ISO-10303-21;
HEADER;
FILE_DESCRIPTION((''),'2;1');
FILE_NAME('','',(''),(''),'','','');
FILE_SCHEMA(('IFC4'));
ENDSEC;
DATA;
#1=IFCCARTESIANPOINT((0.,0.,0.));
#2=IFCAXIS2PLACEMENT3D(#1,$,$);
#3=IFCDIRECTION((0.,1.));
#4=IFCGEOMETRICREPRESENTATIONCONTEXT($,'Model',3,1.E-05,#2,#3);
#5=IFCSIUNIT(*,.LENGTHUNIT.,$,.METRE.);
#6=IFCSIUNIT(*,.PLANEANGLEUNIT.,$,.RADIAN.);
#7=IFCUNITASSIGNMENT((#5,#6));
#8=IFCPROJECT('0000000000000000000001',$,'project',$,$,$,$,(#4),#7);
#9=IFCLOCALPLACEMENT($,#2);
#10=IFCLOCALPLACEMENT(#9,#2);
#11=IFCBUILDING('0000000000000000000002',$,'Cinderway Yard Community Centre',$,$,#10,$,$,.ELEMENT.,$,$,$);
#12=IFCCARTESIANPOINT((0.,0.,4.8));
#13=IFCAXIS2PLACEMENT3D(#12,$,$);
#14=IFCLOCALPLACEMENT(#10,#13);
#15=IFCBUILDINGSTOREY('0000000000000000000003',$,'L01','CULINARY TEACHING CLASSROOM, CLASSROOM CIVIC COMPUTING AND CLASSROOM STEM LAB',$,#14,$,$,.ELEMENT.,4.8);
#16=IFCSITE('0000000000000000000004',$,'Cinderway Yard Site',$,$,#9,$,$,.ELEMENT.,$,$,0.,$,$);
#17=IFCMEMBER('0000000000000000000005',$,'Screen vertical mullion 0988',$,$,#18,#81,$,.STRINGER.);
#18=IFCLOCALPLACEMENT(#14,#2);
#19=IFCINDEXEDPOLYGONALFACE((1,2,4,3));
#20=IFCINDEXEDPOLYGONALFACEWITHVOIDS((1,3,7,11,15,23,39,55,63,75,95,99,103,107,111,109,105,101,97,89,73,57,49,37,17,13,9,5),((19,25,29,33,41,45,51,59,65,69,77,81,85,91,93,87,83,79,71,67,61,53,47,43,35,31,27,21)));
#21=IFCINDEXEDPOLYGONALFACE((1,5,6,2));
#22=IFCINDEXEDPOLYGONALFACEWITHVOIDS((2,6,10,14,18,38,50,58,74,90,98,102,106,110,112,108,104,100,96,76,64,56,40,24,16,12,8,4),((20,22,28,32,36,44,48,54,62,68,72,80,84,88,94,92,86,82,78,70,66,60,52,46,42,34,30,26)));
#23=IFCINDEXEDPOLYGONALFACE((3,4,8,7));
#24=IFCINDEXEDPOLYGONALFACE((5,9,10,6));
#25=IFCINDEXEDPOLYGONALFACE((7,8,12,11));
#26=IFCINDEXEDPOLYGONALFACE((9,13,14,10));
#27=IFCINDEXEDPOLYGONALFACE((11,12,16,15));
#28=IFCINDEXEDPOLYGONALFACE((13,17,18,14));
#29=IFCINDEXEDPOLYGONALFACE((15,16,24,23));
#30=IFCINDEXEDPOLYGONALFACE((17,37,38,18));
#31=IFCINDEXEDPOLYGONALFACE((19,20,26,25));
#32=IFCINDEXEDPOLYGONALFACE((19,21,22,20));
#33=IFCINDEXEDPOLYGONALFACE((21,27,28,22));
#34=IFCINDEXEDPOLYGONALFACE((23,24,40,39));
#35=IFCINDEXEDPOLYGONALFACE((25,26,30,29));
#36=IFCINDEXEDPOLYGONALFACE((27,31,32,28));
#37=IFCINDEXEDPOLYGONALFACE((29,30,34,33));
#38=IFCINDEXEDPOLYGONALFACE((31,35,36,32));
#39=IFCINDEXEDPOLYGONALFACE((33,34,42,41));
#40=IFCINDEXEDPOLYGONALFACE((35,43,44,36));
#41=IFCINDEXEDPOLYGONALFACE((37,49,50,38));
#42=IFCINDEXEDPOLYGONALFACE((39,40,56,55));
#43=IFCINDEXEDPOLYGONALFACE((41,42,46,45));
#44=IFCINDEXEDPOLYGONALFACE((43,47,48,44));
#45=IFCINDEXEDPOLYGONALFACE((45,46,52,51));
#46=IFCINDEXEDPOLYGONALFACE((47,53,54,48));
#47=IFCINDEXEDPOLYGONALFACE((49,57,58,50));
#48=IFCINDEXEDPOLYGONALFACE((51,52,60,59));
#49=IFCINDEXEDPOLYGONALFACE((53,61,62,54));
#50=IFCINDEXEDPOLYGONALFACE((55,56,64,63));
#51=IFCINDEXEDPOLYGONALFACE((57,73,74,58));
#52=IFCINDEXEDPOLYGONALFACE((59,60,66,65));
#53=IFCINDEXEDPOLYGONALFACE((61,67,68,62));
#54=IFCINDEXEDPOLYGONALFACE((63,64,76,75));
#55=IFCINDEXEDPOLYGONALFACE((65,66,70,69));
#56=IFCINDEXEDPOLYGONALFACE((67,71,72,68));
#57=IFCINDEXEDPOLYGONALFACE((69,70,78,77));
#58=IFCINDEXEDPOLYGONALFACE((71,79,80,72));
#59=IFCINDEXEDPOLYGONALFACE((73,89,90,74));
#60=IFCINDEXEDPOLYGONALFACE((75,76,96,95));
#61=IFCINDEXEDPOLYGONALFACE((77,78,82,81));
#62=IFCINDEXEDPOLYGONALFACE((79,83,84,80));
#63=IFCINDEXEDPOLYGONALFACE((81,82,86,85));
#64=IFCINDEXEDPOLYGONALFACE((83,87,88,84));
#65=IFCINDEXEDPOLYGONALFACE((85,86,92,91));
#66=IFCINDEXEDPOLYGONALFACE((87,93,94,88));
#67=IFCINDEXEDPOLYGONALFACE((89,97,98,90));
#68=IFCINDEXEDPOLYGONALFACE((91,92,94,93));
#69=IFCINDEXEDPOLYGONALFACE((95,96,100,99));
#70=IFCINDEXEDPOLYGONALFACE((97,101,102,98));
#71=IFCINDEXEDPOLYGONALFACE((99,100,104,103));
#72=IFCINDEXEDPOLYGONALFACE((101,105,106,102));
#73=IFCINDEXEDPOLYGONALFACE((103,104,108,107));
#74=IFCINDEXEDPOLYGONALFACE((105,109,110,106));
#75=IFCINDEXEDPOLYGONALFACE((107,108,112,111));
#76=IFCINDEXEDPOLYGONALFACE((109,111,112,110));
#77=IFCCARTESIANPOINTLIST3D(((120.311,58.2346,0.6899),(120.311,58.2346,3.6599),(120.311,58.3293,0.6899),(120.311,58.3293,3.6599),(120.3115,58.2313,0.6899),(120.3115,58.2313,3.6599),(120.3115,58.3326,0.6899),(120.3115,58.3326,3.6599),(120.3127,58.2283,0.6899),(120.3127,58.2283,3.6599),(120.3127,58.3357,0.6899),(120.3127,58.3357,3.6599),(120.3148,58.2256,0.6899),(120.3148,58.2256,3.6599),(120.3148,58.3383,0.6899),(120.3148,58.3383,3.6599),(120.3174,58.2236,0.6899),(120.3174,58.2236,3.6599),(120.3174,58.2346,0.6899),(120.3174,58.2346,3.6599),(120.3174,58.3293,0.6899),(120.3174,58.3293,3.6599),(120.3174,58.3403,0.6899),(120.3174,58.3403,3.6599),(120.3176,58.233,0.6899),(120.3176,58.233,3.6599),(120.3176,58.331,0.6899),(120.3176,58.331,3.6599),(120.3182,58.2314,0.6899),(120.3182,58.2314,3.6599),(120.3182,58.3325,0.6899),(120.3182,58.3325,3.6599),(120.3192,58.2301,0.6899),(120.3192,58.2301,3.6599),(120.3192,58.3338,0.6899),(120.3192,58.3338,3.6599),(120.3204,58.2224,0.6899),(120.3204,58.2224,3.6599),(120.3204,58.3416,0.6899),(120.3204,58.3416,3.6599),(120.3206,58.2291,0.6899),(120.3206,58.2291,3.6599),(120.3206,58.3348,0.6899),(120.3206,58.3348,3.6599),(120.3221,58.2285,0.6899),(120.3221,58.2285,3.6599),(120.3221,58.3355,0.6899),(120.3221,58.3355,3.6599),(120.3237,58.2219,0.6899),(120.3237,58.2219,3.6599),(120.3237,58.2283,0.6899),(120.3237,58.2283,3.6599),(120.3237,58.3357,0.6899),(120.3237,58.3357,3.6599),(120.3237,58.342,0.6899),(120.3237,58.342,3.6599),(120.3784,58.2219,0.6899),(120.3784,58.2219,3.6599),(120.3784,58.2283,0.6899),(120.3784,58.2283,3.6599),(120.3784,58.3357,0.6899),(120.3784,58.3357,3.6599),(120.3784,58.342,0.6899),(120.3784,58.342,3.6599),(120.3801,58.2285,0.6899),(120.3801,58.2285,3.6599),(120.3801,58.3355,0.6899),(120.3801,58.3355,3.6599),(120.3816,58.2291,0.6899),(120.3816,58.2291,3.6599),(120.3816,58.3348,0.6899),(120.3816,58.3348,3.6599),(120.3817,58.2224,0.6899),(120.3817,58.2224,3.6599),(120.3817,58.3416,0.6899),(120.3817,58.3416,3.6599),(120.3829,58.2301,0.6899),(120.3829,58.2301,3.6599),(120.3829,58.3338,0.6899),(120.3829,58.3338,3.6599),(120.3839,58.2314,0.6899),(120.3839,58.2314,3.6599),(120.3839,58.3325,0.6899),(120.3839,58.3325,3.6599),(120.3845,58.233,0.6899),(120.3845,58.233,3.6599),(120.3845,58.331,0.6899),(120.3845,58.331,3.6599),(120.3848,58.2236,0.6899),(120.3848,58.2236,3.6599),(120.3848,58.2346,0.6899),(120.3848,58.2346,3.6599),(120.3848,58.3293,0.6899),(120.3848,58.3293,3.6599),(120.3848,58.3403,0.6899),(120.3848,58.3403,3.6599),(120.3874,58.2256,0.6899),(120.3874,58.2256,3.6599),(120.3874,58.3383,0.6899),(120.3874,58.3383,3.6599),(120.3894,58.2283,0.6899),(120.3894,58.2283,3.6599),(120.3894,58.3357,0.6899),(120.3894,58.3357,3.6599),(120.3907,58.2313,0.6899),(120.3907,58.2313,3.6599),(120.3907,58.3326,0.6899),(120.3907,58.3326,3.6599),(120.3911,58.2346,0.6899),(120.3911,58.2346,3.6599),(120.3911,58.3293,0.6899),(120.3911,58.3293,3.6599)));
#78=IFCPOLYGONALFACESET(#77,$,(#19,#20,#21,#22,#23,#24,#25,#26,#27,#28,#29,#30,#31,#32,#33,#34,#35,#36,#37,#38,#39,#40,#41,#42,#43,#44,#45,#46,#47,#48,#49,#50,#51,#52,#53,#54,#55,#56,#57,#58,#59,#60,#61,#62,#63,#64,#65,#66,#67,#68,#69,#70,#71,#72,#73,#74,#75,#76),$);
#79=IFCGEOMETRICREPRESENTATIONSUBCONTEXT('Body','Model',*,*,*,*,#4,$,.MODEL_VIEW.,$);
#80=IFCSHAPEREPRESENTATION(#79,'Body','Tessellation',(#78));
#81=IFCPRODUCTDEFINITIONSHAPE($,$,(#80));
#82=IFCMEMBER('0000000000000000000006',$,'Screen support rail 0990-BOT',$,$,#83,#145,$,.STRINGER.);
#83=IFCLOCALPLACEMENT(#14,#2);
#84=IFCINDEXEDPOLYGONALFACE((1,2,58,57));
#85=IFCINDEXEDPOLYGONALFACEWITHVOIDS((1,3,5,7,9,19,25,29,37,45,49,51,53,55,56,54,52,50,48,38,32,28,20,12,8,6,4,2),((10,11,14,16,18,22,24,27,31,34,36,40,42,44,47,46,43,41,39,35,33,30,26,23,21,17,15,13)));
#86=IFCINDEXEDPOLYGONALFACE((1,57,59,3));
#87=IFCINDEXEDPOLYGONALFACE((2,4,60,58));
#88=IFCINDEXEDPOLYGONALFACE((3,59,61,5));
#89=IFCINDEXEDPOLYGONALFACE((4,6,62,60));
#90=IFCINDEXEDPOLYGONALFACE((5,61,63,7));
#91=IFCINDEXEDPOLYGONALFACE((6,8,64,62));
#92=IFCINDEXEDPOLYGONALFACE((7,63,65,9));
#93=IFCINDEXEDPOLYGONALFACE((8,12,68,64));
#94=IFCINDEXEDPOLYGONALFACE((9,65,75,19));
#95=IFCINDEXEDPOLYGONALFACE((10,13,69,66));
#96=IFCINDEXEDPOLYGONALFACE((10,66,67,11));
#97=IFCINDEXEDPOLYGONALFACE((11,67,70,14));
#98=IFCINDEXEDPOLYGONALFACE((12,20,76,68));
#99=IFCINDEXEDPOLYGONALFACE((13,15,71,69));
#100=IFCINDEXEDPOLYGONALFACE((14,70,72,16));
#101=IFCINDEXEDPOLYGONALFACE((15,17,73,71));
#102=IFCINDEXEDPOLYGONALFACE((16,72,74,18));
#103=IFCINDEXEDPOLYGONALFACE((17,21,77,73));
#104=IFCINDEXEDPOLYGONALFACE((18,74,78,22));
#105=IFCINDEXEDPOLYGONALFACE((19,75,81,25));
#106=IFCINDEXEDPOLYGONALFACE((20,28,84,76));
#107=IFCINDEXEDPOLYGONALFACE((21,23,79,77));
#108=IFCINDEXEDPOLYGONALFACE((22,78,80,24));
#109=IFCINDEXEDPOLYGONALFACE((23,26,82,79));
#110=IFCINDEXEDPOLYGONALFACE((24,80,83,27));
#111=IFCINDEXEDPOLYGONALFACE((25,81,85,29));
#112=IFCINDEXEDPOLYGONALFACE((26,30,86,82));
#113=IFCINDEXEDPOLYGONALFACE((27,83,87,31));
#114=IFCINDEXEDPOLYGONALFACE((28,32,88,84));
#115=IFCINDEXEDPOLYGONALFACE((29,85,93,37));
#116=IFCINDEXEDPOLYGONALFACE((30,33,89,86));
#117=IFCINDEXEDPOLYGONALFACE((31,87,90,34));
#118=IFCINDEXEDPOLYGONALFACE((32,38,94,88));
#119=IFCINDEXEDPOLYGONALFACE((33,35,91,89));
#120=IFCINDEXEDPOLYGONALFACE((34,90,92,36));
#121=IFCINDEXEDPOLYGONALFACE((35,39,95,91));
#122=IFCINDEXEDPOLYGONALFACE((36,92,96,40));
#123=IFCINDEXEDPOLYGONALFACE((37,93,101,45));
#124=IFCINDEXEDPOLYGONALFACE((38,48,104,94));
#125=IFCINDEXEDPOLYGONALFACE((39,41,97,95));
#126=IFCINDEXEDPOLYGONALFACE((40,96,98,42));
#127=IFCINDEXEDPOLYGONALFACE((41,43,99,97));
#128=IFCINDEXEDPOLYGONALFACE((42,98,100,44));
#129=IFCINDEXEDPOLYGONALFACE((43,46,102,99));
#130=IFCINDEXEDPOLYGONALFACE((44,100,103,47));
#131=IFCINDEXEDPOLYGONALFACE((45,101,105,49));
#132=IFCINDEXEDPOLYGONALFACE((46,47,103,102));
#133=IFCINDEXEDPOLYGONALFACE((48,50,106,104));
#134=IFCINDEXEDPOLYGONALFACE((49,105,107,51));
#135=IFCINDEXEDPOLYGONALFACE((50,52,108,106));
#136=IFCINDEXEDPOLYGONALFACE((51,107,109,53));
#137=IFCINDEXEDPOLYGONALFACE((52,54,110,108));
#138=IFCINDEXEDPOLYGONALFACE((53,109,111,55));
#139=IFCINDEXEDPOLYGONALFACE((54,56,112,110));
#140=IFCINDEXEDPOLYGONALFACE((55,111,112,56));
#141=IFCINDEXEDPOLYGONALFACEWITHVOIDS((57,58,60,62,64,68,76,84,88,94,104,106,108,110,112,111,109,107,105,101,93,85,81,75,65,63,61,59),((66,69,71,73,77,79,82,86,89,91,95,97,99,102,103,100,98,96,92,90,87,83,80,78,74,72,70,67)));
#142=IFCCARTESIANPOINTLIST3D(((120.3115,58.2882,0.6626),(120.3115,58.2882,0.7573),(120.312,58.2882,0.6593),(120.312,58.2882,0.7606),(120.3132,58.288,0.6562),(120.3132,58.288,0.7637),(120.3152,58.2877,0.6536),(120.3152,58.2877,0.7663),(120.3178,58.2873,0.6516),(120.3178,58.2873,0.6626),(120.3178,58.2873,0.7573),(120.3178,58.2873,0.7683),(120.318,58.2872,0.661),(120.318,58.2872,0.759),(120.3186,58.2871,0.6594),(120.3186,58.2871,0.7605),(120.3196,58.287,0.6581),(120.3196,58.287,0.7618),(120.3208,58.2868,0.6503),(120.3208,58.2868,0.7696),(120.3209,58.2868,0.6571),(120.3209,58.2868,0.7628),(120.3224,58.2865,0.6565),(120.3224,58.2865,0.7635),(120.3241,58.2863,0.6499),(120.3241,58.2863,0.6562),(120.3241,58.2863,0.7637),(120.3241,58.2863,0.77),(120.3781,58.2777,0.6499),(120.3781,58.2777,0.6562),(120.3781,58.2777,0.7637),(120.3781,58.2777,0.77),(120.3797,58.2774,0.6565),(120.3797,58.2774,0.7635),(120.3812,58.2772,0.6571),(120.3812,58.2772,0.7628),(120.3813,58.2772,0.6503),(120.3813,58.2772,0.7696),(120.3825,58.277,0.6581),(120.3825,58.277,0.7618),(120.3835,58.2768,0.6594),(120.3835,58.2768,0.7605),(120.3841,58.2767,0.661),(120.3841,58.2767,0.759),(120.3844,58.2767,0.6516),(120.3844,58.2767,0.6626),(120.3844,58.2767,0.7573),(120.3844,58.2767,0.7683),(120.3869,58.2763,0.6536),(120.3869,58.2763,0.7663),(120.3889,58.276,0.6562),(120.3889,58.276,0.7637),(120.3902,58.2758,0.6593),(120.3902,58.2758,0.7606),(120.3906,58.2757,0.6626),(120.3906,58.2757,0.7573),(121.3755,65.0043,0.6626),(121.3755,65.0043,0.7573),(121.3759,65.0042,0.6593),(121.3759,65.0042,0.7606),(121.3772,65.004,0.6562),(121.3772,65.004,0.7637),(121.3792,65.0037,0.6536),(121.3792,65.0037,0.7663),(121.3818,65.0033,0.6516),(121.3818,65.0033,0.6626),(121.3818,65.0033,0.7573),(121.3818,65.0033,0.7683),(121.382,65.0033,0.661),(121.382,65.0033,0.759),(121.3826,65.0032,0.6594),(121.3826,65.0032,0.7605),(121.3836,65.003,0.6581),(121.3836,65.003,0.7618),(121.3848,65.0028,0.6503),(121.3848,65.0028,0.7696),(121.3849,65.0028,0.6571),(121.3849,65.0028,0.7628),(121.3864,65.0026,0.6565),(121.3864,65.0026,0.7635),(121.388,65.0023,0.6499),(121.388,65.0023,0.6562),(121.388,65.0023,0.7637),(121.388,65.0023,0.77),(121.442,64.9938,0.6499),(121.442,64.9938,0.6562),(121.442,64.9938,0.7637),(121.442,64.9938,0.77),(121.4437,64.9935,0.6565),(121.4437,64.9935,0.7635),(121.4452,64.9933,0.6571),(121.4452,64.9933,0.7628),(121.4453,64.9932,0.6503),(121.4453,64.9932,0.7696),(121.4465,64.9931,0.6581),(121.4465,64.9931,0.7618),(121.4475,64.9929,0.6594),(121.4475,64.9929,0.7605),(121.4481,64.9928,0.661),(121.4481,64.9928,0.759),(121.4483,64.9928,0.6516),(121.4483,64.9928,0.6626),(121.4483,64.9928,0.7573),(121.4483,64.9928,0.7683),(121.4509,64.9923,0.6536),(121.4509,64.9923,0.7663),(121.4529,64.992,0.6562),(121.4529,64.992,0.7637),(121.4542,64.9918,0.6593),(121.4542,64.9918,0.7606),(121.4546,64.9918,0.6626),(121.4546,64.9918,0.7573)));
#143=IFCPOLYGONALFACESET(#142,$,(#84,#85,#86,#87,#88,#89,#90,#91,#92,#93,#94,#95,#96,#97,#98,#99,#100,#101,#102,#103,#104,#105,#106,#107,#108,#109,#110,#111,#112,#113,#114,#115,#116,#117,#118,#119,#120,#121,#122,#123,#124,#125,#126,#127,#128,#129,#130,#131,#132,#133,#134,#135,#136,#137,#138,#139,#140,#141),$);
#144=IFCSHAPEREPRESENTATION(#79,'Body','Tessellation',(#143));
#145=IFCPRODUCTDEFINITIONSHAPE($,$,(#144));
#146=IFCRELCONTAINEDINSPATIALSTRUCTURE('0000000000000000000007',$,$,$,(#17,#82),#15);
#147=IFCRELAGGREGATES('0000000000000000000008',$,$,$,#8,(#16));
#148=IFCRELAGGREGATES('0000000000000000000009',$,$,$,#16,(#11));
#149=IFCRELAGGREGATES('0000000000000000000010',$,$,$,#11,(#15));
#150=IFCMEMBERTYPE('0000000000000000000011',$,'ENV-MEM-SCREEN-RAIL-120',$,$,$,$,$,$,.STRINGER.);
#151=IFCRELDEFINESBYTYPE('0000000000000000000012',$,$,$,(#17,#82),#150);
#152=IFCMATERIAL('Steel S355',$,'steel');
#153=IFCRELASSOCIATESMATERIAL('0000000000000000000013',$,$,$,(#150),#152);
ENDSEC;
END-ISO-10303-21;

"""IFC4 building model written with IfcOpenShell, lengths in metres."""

from ifc_helpers import new_model, si_unit, direction, frame, origin, origin_2d, place, context, subcontext, project, spatial, hollow_rectangle, extrude, material, material_profile, profile_set, type_object, element, save


model = new_model("IFC4")

# Units and contexts
model_context = context("Model", 3, precision=1e-05, world=origin(), true_north=direction((0.0, 1.0)))
body_context = subcontext(model_context, "Body", "Model", "MODEL_VIEW")
ifc_project = project(units=[si_unit("LENGTHUNIT", "METRE"), si_unit("PLANEANGLEUNIT", "RADIAN")], contexts=[model_context])

# Site, building, storey
site_placement = place(None, origin())
site = spatial("IfcSite", under=ifc_project, at=site_placement, Name="Cinderway Yard Site", CompositionType="ELEMENT", RefElevation=0.0)
building_placement = place(site_placement, origin())
building = spatial("IfcBuilding", under=site, at=building_placement, Name="Cinderway Yard Community Centre", CompositionType="ELEMENT")
storey_placement = place(building_placement, frame((0.0, 0.0, 4.8)))
storey = spatial("IfcBuildingStorey", under=building, at=storey_placement, Name="L01", Description="CULINARY TEACHING CLASSROOM, CLASSROOM CIVIC COMPUTING AND CLASSROOM STEM LAB", CompositionType="ELEMENT", Elevation=4.8)

# Members
ifc_material_1 = material(Name="Steel S355", Category="steel")
ifc_material_profile_1 = material_profile(ifc_material_1, hollow_rectangle(XDim=0.0801, YDim=0.1201, WallThickness=0.0063, InnerFilletRadius=0.0063, OuterFilletRadius=0.0127, at=origin_2d()), Name="Steel S355")
ifc_profile_set_1 = profile_set([ifc_material_profile_1], Name="Steel S355")
member_type_1 = type_object("IfcMemberType", Name="ENV-MEM-SCREEN-RAIL-120", PredefinedType="STRINGER", material=ifc_profile_set_1)
member_1_placement = place(storey_placement, frame((120.3511, 58.282, 0.6899), z_axis=(0.0, 0.0, 1.0), x_axis=(1.0, 0.0, 0.0)))
element("IfcMember", 1, at=member_1_placement, inside=storey, type_object=member_type_1, Name="Screen vertical mullion 0988", PredefinedType="STRINGER", context=body_context, shape_type="SweptSolid", body=[
    extrude(hollow_rectangle(XDim=0.0801, YDim=0.1201, WallThickness=0.0063, InnerFilletRadius=0.0063, OuterFilletRadius=0.0127, at=origin_2d()), origin(), (0.0, 0.0, 1.0), 2.97),
])
for number, where, z_axis, x_axis, name in (
    (2, (120.3511, 58.282, 0.71), (0.15647, 0.987683, 0.0), (-0.987683, 0.15647, 0.0), "Screen support rail 0990-BOT"),
):
    element("IfcMember", number, at=place(storey_placement, frame(where, z_axis=z_axis, x_axis=x_axis)), inside=storey, type_object=member_type_1, Name=name, PredefinedType="STRINGER", context=body_context, shape_type="SweptSolid", body=[
        extrude(hollow_rectangle(XDim=0.0801, YDim=0.1201, WallThickness=0.0063, InnerFilletRadius=0.0063, OuterFilletRadius=0.0127, at=origin_2d()), origin(), (0.0, 0.0, 1.0), 6.7998),
    ])

save(model, "model.ifc")
